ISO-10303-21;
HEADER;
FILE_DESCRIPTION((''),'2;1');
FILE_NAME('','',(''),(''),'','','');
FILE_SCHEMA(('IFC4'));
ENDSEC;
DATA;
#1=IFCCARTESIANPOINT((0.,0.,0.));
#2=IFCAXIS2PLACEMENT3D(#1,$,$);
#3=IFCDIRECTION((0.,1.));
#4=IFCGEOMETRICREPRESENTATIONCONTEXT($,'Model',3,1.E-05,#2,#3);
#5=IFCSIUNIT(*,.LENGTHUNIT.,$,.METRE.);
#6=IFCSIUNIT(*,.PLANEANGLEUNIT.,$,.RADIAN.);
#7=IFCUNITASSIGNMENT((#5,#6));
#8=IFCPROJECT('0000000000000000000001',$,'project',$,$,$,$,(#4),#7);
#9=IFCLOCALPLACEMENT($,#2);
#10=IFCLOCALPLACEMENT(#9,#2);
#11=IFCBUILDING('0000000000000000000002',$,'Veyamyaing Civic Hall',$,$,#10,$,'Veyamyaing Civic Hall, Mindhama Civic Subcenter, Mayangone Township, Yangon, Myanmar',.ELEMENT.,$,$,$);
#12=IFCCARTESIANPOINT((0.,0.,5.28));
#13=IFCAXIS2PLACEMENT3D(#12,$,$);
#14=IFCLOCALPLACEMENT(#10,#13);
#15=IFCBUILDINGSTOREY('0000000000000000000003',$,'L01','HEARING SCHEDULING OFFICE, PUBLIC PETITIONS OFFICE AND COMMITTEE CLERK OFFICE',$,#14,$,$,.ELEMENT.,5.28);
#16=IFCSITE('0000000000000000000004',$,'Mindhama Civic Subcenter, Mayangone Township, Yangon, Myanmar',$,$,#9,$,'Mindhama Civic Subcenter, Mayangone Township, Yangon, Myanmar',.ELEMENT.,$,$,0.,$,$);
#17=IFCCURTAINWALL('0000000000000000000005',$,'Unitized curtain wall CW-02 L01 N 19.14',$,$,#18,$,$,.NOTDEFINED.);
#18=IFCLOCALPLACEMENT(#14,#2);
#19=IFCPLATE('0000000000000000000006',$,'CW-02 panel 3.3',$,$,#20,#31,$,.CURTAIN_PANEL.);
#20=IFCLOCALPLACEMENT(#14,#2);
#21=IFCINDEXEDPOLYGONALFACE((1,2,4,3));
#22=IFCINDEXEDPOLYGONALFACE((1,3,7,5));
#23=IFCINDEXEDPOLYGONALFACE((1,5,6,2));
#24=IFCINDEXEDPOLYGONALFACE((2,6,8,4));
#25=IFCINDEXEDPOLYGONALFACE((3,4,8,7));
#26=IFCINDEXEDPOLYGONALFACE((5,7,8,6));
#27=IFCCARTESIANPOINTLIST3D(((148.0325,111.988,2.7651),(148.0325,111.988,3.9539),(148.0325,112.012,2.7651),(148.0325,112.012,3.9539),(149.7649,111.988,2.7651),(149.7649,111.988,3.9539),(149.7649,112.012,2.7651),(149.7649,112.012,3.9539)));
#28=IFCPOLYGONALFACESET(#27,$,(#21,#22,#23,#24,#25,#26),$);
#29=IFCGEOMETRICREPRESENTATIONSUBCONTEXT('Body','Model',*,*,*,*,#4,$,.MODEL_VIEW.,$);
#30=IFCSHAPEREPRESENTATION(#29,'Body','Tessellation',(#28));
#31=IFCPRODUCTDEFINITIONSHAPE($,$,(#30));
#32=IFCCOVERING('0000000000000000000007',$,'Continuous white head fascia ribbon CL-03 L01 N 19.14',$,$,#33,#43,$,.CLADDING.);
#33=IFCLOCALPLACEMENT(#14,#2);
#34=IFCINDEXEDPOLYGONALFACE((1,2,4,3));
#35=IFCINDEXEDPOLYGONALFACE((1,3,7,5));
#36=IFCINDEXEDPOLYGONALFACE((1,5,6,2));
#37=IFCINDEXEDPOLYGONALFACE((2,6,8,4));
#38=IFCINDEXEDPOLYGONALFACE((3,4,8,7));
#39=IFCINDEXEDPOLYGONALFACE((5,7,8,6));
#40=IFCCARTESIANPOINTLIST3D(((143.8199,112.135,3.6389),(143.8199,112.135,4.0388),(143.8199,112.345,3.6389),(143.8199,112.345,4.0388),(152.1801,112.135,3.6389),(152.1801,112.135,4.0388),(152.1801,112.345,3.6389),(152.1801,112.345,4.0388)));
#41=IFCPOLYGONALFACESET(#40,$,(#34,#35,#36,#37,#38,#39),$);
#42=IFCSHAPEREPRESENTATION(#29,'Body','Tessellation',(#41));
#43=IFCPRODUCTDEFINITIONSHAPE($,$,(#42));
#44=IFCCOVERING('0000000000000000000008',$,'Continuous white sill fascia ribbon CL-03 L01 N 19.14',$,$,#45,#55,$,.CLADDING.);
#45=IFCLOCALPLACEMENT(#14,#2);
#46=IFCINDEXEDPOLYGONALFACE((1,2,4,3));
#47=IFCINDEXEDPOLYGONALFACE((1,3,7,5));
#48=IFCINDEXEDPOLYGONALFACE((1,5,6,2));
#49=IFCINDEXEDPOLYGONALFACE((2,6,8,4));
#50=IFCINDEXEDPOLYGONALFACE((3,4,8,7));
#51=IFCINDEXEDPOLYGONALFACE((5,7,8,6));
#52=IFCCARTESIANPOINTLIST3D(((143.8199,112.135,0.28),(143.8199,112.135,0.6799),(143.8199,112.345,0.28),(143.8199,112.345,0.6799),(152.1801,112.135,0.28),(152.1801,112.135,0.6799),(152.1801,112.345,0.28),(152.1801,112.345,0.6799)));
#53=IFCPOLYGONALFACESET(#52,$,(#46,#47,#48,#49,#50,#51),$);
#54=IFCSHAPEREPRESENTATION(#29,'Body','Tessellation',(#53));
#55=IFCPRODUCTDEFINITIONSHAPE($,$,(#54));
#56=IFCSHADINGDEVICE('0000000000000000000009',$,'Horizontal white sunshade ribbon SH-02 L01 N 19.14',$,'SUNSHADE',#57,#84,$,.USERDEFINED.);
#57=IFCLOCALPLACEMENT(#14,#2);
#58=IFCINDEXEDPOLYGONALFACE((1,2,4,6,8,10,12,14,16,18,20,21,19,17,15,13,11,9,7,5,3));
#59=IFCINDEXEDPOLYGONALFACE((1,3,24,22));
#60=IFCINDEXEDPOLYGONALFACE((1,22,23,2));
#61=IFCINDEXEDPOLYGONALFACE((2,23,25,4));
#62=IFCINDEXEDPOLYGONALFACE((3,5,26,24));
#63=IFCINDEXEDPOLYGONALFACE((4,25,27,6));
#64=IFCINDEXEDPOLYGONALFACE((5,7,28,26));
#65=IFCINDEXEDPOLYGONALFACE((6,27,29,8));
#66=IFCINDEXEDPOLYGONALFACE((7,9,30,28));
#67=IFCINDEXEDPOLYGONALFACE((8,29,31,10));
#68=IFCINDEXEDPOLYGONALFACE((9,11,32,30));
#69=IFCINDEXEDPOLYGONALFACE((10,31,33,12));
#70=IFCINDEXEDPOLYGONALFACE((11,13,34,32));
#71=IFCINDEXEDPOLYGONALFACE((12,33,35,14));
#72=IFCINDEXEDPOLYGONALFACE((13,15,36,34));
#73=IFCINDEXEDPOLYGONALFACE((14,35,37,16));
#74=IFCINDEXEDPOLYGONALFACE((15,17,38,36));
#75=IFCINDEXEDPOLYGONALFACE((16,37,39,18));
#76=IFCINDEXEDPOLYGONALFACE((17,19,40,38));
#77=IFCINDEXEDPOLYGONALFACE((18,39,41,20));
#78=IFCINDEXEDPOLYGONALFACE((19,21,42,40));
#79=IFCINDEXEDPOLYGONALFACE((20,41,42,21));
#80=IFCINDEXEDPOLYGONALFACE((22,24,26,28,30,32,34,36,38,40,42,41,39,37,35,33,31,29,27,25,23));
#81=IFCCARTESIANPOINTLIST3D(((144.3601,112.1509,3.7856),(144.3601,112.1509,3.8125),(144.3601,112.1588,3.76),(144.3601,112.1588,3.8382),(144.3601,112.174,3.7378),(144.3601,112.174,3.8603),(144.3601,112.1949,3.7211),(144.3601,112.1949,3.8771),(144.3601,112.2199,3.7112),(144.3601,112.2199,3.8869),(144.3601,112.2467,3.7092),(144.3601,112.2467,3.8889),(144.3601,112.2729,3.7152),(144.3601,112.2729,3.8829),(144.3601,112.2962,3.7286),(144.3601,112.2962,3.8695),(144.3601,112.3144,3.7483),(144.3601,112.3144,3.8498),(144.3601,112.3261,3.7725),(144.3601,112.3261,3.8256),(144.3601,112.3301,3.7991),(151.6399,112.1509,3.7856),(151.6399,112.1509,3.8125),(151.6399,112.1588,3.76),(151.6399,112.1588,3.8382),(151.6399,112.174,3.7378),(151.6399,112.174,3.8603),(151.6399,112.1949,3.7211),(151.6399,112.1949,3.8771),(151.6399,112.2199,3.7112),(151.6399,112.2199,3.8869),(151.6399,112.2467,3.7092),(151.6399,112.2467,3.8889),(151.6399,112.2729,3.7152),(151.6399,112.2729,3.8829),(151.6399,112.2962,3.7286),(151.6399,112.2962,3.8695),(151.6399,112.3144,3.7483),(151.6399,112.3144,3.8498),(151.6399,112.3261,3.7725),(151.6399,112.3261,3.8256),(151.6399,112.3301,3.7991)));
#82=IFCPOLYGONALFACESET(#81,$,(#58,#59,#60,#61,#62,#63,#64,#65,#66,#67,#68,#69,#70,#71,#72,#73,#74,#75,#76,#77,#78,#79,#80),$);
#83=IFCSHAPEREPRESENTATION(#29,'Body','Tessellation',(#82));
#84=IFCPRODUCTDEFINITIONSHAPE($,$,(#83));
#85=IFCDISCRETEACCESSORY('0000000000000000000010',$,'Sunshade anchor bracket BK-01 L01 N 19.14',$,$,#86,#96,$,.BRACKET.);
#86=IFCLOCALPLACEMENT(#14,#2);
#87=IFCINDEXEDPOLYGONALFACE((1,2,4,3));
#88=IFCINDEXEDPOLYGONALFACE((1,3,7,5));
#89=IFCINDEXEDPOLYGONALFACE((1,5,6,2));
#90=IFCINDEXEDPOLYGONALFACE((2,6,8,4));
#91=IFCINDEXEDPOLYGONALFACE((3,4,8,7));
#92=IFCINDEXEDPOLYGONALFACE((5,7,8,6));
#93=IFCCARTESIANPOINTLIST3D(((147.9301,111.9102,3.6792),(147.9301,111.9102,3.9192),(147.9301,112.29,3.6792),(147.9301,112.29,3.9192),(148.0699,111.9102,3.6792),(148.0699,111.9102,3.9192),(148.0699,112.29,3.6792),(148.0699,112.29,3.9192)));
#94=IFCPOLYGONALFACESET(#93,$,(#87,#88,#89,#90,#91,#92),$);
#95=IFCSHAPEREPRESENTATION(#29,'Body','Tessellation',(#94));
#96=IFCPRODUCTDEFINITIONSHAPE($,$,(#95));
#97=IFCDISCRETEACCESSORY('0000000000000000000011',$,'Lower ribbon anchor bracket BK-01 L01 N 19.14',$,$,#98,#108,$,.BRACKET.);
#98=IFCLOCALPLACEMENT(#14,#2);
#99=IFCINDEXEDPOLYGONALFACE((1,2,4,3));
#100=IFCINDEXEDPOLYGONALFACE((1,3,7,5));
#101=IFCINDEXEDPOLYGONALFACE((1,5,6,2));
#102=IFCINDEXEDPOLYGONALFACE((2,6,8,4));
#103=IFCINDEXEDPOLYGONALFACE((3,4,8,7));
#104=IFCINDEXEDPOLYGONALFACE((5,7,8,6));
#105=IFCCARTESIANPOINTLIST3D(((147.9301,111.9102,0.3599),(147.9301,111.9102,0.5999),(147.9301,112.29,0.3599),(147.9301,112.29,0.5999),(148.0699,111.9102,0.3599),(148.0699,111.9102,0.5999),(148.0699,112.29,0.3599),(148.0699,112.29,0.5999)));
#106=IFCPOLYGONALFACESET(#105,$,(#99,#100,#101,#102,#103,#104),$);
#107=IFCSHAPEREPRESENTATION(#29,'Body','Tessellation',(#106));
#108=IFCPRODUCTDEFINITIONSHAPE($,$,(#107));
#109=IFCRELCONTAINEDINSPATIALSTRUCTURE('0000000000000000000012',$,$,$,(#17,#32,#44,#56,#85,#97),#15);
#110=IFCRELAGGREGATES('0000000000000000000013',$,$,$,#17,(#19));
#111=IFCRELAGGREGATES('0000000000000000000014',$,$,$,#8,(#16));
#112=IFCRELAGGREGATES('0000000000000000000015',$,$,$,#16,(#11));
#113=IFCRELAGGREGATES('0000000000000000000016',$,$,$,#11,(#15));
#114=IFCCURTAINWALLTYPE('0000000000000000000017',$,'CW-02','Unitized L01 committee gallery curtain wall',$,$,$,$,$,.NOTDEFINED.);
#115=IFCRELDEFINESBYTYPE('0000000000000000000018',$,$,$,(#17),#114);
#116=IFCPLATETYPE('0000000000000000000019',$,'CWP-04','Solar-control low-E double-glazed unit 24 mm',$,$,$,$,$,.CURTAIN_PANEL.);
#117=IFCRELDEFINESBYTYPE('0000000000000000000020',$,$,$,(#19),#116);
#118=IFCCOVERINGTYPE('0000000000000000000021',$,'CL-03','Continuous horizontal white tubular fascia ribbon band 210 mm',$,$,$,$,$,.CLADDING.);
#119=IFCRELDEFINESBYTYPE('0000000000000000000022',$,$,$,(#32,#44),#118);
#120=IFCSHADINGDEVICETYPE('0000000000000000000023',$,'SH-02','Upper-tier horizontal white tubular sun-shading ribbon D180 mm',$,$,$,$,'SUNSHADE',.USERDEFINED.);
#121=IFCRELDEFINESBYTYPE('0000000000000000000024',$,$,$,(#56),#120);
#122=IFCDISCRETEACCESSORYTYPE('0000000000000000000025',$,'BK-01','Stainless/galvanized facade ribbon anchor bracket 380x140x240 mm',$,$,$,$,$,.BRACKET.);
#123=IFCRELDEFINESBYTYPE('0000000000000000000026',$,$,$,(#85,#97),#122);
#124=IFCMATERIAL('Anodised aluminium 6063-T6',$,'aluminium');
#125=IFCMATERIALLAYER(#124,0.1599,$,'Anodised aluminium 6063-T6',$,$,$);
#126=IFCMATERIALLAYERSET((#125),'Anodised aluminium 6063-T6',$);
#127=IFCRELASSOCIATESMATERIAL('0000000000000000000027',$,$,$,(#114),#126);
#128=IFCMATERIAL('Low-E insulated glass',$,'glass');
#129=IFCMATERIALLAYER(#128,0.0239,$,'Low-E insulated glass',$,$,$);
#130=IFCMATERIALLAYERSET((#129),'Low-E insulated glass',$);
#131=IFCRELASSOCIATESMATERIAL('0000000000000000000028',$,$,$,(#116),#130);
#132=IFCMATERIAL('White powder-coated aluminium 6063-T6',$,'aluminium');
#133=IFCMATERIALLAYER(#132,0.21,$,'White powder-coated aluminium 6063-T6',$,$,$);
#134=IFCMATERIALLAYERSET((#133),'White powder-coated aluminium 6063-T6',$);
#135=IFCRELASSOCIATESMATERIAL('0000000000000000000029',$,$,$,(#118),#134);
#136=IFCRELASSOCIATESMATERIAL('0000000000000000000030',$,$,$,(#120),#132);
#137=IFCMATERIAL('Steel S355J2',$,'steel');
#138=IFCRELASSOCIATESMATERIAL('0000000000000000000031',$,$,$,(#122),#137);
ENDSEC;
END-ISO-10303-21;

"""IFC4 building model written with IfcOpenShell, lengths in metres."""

from ifc_helpers import new_model, si_unit, direction, frame, origin, origin_2d, place, context, subcontext, project, spatial, rectangle, circle, extrude, material, layer, layer_set, material_profile, profile_set, type_object, element, aggregate, save


model = new_model("IFC4")

# Units and contexts
model_context = context("Model", 3, precision=1e-05, world=origin(), true_north=direction((0.0, 1.0)))
body_context = subcontext(model_context, "Body", "Model", "MODEL_VIEW")
ifc_project = project(units=[si_unit("LENGTHUNIT", "METRE"), si_unit("PLANEANGLEUNIT", "RADIAN")], contexts=[model_context])

# Site, building, storey
site_placement = place(None, origin())
site = spatial("IfcSite", under=ifc_project, at=site_placement, Name="Mindhama Civic Subcenter, Mayangone Township, Yangon, Myanmar", LongName="Mindhama Civic Subcenter, Mayangone Township, Yangon, Myanmar", CompositionType="ELEMENT", RefElevation=0.0)
building_placement = place(site_placement, origin())
building = spatial("IfcBuilding", under=site, at=building_placement, Name="Veyamyaing Civic Hall", LongName="Veyamyaing Civic Hall, Mindhama Civic Subcenter, Mayangone Township, Yangon, Myanmar", CompositionType="ELEMENT")
storey_placement = place(building_placement, frame((0.0, 0.0, 5.28)))
storey = spatial("IfcBuildingStorey", under=building, at=storey_placement, Name="L01", Description="HEARING SCHEDULING OFFICE, PUBLIC PETITIONS OFFICE AND COMMITTEE CLERK OFFICE", CompositionType="ELEMENT", Elevation=5.28)

# Curtain wall, plate
ifc_material_1 = material(Name="Anodised aluminium 6063-T6", Category="aluminium")
ifc_layer_1 = layer(ifc_material_1, 0.1599, Name="Anodised aluminium 6063-T6")
ifc_layer_set_1 = layer_set([ifc_layer_1], Name="Anodised aluminium 6063-T6")
curtain_wall_type = type_object("IfcCurtainWallType", Name="CW-02", Description="Unitized L01 committee gallery curtain wall", PredefinedType="NOTDEFINED", material=ifc_layer_set_1)
curtain_wall_placement = place(storey_placement, origin())
curtain_wall = element("IfcCurtainWall", 1, at=curtain_wall_placement, inside=storey, type_object=curtain_wall_type, Name="Unitized curtain wall CW-02 L01 N 19.14", PredefinedType="NOTDEFINED")
ifc_material_2 = material(Name="Low-E insulated glass", Category="glass")
ifc_layer_2 = layer(ifc_material_2, 0.0239, Name="Low-E insulated glass")
ifc_layer_set_2 = layer_set([ifc_layer_2], Name="Low-E insulated glass")
plate_type = type_object("IfcPlateType", Name="CWP-04", Description="Solar-control low-E double-glazed unit 24 mm", PredefinedType="CURTAIN_PANEL", material=ifc_layer_set_2)
plate_1_placement = place(storey_placement, frame((148.8987, 112.0, 2.7651), z_axis=(0.0, 0.0, 1.0), x_axis=(1.0, 0.0, 0.0)))
plate_1 = element("IfcPlate", 2, at=plate_1_placement, type_object=plate_type, Name="CW-02 panel 3.3", PredefinedType="CURTAIN_PANEL", context=body_context, shape_type="SweptSolid", body=[
    extrude(rectangle(XDim=1.7324, YDim=0.0239, at=origin_2d()), origin(), (0.0, 0.0, 1.0), 1.1887),
])
aggregate(curtain_wall, [plate_1])

# Coverings
ifc_material_3 = material(Name="White powder-coated aluminium 6063-T6", Category="aluminium")
ifc_layer_3 = layer(ifc_material_3, 0.21, Name="White powder-coated aluminium 6063-T6")
ifc_layer_set_3 = layer_set([ifc_layer_3], Name="White powder-coated aluminium 6063-T6")
covering_type = type_object("IfcCoveringType", Name="CL-03", Description="Continuous horizontal white tubular fascia ribbon band 210 mm", PredefinedType="CLADDING", material=ifc_layer_set_3)
for number, where, z_axis, x_axis, name in (
    (3, (148.0, 112.24, 3.6389), (0.0, 0.0, 1.0), (1.0, 0.0, 0.0), "Continuous white head fascia ribbon CL-03 L01 N 19.14"),
    (4, (148.0, 112.24, 0.28), (0.0, 0.0, 1.0), (1.0, 0.0, 0.0), "Continuous white sill fascia ribbon CL-03 L01 N 19.14"),
):
    element("IfcCovering", number, at=place(storey_placement, frame(where, z_axis=z_axis, x_axis=x_axis)), inside=storey, type_object=covering_type, Name=name, PredefinedType="CLADDING", context=body_context, shape_type="SweptSolid", body=[
        extrude(rectangle(XDim=8.3601, YDim=0.21, at=origin_2d()), origin(), (0.0, 0.0, 1.0), 0.3999),
    ])

# Shading device
ifc_material_profile_1 = material_profile(ifc_material_3, circle(Radius=0.0901, at=origin_2d()), Name="SHADE-TUBE-180")
ifc_profile_set_1 = profile_set([ifc_material_profile_1], Name="White powder-coated aluminium 6063-T6")
shading_device_type = type_object("IfcShadingDeviceType", Name="SH-02", Description="Upper-tier horizontal white tubular sun-shading ribbon D180 mm", ElementType="SUNSHADE", PredefinedType="USERDEFINED", material=ifc_profile_set_1)
shading_device_placement = place(storey_placement, frame((144.3601, 112.24, 3.7991), z_axis=(1.0, 0.0, 0.0), x_axis=(0.0, 1.0, 0.0)))
element("IfcShadingDevice", 5, at=shading_device_placement, inside=storey, type_object=shading_device_type, Name="Horizontal white sunshade ribbon SH-02 L01 N 19.14", ObjectType="SUNSHADE", PredefinedType="USERDEFINED", context=body_context, shape_type="SweptSolid", body=[
    extrude(circle(Radius=0.0901, at=origin_2d()), origin(), (0.0, 0.0, 1.0), 7.2798),
])

# Discrete accessories
ifc_material_4 = material(Name="Steel S355J2", Category="steel")
discrete_accessory_type = type_object("IfcDiscreteAccessoryType", Name="BK-01", Description="Stainless/galvanized facade ribbon anchor bracket 380x140x240 mm", PredefinedType="BRACKET", material=ifc_material_4)
for number, where, z_axis, x_axis, name in (
    (6, (148.0, 112.1001, 3.6792), (0.0, 0.0, 1.0), (0.0, 1.0, 0.0), "Sunshade anchor bracket BK-01 L01 N 19.14"),
    (7, (148.0, 112.1001, 0.3599), (0.0, 0.0, 1.0), (0.0, 1.0, 0.0), "Lower ribbon anchor bracket BK-01 L01 N 19.14"),
):
    element("IfcDiscreteAccessory", number, at=place(storey_placement, frame(where, z_axis=z_axis, x_axis=x_axis)), inside=storey, type_object=discrete_accessory_type, Name=name, PredefinedType="BRACKET", context=body_context, shape_type="SweptSolid", body=[
        extrude(rectangle(XDim=0.3799, YDim=0.1399, at=origin_2d()), origin(), (0.0, 0.0, 1.0), 0.24),
    ])

save(model, "model.ifc")
